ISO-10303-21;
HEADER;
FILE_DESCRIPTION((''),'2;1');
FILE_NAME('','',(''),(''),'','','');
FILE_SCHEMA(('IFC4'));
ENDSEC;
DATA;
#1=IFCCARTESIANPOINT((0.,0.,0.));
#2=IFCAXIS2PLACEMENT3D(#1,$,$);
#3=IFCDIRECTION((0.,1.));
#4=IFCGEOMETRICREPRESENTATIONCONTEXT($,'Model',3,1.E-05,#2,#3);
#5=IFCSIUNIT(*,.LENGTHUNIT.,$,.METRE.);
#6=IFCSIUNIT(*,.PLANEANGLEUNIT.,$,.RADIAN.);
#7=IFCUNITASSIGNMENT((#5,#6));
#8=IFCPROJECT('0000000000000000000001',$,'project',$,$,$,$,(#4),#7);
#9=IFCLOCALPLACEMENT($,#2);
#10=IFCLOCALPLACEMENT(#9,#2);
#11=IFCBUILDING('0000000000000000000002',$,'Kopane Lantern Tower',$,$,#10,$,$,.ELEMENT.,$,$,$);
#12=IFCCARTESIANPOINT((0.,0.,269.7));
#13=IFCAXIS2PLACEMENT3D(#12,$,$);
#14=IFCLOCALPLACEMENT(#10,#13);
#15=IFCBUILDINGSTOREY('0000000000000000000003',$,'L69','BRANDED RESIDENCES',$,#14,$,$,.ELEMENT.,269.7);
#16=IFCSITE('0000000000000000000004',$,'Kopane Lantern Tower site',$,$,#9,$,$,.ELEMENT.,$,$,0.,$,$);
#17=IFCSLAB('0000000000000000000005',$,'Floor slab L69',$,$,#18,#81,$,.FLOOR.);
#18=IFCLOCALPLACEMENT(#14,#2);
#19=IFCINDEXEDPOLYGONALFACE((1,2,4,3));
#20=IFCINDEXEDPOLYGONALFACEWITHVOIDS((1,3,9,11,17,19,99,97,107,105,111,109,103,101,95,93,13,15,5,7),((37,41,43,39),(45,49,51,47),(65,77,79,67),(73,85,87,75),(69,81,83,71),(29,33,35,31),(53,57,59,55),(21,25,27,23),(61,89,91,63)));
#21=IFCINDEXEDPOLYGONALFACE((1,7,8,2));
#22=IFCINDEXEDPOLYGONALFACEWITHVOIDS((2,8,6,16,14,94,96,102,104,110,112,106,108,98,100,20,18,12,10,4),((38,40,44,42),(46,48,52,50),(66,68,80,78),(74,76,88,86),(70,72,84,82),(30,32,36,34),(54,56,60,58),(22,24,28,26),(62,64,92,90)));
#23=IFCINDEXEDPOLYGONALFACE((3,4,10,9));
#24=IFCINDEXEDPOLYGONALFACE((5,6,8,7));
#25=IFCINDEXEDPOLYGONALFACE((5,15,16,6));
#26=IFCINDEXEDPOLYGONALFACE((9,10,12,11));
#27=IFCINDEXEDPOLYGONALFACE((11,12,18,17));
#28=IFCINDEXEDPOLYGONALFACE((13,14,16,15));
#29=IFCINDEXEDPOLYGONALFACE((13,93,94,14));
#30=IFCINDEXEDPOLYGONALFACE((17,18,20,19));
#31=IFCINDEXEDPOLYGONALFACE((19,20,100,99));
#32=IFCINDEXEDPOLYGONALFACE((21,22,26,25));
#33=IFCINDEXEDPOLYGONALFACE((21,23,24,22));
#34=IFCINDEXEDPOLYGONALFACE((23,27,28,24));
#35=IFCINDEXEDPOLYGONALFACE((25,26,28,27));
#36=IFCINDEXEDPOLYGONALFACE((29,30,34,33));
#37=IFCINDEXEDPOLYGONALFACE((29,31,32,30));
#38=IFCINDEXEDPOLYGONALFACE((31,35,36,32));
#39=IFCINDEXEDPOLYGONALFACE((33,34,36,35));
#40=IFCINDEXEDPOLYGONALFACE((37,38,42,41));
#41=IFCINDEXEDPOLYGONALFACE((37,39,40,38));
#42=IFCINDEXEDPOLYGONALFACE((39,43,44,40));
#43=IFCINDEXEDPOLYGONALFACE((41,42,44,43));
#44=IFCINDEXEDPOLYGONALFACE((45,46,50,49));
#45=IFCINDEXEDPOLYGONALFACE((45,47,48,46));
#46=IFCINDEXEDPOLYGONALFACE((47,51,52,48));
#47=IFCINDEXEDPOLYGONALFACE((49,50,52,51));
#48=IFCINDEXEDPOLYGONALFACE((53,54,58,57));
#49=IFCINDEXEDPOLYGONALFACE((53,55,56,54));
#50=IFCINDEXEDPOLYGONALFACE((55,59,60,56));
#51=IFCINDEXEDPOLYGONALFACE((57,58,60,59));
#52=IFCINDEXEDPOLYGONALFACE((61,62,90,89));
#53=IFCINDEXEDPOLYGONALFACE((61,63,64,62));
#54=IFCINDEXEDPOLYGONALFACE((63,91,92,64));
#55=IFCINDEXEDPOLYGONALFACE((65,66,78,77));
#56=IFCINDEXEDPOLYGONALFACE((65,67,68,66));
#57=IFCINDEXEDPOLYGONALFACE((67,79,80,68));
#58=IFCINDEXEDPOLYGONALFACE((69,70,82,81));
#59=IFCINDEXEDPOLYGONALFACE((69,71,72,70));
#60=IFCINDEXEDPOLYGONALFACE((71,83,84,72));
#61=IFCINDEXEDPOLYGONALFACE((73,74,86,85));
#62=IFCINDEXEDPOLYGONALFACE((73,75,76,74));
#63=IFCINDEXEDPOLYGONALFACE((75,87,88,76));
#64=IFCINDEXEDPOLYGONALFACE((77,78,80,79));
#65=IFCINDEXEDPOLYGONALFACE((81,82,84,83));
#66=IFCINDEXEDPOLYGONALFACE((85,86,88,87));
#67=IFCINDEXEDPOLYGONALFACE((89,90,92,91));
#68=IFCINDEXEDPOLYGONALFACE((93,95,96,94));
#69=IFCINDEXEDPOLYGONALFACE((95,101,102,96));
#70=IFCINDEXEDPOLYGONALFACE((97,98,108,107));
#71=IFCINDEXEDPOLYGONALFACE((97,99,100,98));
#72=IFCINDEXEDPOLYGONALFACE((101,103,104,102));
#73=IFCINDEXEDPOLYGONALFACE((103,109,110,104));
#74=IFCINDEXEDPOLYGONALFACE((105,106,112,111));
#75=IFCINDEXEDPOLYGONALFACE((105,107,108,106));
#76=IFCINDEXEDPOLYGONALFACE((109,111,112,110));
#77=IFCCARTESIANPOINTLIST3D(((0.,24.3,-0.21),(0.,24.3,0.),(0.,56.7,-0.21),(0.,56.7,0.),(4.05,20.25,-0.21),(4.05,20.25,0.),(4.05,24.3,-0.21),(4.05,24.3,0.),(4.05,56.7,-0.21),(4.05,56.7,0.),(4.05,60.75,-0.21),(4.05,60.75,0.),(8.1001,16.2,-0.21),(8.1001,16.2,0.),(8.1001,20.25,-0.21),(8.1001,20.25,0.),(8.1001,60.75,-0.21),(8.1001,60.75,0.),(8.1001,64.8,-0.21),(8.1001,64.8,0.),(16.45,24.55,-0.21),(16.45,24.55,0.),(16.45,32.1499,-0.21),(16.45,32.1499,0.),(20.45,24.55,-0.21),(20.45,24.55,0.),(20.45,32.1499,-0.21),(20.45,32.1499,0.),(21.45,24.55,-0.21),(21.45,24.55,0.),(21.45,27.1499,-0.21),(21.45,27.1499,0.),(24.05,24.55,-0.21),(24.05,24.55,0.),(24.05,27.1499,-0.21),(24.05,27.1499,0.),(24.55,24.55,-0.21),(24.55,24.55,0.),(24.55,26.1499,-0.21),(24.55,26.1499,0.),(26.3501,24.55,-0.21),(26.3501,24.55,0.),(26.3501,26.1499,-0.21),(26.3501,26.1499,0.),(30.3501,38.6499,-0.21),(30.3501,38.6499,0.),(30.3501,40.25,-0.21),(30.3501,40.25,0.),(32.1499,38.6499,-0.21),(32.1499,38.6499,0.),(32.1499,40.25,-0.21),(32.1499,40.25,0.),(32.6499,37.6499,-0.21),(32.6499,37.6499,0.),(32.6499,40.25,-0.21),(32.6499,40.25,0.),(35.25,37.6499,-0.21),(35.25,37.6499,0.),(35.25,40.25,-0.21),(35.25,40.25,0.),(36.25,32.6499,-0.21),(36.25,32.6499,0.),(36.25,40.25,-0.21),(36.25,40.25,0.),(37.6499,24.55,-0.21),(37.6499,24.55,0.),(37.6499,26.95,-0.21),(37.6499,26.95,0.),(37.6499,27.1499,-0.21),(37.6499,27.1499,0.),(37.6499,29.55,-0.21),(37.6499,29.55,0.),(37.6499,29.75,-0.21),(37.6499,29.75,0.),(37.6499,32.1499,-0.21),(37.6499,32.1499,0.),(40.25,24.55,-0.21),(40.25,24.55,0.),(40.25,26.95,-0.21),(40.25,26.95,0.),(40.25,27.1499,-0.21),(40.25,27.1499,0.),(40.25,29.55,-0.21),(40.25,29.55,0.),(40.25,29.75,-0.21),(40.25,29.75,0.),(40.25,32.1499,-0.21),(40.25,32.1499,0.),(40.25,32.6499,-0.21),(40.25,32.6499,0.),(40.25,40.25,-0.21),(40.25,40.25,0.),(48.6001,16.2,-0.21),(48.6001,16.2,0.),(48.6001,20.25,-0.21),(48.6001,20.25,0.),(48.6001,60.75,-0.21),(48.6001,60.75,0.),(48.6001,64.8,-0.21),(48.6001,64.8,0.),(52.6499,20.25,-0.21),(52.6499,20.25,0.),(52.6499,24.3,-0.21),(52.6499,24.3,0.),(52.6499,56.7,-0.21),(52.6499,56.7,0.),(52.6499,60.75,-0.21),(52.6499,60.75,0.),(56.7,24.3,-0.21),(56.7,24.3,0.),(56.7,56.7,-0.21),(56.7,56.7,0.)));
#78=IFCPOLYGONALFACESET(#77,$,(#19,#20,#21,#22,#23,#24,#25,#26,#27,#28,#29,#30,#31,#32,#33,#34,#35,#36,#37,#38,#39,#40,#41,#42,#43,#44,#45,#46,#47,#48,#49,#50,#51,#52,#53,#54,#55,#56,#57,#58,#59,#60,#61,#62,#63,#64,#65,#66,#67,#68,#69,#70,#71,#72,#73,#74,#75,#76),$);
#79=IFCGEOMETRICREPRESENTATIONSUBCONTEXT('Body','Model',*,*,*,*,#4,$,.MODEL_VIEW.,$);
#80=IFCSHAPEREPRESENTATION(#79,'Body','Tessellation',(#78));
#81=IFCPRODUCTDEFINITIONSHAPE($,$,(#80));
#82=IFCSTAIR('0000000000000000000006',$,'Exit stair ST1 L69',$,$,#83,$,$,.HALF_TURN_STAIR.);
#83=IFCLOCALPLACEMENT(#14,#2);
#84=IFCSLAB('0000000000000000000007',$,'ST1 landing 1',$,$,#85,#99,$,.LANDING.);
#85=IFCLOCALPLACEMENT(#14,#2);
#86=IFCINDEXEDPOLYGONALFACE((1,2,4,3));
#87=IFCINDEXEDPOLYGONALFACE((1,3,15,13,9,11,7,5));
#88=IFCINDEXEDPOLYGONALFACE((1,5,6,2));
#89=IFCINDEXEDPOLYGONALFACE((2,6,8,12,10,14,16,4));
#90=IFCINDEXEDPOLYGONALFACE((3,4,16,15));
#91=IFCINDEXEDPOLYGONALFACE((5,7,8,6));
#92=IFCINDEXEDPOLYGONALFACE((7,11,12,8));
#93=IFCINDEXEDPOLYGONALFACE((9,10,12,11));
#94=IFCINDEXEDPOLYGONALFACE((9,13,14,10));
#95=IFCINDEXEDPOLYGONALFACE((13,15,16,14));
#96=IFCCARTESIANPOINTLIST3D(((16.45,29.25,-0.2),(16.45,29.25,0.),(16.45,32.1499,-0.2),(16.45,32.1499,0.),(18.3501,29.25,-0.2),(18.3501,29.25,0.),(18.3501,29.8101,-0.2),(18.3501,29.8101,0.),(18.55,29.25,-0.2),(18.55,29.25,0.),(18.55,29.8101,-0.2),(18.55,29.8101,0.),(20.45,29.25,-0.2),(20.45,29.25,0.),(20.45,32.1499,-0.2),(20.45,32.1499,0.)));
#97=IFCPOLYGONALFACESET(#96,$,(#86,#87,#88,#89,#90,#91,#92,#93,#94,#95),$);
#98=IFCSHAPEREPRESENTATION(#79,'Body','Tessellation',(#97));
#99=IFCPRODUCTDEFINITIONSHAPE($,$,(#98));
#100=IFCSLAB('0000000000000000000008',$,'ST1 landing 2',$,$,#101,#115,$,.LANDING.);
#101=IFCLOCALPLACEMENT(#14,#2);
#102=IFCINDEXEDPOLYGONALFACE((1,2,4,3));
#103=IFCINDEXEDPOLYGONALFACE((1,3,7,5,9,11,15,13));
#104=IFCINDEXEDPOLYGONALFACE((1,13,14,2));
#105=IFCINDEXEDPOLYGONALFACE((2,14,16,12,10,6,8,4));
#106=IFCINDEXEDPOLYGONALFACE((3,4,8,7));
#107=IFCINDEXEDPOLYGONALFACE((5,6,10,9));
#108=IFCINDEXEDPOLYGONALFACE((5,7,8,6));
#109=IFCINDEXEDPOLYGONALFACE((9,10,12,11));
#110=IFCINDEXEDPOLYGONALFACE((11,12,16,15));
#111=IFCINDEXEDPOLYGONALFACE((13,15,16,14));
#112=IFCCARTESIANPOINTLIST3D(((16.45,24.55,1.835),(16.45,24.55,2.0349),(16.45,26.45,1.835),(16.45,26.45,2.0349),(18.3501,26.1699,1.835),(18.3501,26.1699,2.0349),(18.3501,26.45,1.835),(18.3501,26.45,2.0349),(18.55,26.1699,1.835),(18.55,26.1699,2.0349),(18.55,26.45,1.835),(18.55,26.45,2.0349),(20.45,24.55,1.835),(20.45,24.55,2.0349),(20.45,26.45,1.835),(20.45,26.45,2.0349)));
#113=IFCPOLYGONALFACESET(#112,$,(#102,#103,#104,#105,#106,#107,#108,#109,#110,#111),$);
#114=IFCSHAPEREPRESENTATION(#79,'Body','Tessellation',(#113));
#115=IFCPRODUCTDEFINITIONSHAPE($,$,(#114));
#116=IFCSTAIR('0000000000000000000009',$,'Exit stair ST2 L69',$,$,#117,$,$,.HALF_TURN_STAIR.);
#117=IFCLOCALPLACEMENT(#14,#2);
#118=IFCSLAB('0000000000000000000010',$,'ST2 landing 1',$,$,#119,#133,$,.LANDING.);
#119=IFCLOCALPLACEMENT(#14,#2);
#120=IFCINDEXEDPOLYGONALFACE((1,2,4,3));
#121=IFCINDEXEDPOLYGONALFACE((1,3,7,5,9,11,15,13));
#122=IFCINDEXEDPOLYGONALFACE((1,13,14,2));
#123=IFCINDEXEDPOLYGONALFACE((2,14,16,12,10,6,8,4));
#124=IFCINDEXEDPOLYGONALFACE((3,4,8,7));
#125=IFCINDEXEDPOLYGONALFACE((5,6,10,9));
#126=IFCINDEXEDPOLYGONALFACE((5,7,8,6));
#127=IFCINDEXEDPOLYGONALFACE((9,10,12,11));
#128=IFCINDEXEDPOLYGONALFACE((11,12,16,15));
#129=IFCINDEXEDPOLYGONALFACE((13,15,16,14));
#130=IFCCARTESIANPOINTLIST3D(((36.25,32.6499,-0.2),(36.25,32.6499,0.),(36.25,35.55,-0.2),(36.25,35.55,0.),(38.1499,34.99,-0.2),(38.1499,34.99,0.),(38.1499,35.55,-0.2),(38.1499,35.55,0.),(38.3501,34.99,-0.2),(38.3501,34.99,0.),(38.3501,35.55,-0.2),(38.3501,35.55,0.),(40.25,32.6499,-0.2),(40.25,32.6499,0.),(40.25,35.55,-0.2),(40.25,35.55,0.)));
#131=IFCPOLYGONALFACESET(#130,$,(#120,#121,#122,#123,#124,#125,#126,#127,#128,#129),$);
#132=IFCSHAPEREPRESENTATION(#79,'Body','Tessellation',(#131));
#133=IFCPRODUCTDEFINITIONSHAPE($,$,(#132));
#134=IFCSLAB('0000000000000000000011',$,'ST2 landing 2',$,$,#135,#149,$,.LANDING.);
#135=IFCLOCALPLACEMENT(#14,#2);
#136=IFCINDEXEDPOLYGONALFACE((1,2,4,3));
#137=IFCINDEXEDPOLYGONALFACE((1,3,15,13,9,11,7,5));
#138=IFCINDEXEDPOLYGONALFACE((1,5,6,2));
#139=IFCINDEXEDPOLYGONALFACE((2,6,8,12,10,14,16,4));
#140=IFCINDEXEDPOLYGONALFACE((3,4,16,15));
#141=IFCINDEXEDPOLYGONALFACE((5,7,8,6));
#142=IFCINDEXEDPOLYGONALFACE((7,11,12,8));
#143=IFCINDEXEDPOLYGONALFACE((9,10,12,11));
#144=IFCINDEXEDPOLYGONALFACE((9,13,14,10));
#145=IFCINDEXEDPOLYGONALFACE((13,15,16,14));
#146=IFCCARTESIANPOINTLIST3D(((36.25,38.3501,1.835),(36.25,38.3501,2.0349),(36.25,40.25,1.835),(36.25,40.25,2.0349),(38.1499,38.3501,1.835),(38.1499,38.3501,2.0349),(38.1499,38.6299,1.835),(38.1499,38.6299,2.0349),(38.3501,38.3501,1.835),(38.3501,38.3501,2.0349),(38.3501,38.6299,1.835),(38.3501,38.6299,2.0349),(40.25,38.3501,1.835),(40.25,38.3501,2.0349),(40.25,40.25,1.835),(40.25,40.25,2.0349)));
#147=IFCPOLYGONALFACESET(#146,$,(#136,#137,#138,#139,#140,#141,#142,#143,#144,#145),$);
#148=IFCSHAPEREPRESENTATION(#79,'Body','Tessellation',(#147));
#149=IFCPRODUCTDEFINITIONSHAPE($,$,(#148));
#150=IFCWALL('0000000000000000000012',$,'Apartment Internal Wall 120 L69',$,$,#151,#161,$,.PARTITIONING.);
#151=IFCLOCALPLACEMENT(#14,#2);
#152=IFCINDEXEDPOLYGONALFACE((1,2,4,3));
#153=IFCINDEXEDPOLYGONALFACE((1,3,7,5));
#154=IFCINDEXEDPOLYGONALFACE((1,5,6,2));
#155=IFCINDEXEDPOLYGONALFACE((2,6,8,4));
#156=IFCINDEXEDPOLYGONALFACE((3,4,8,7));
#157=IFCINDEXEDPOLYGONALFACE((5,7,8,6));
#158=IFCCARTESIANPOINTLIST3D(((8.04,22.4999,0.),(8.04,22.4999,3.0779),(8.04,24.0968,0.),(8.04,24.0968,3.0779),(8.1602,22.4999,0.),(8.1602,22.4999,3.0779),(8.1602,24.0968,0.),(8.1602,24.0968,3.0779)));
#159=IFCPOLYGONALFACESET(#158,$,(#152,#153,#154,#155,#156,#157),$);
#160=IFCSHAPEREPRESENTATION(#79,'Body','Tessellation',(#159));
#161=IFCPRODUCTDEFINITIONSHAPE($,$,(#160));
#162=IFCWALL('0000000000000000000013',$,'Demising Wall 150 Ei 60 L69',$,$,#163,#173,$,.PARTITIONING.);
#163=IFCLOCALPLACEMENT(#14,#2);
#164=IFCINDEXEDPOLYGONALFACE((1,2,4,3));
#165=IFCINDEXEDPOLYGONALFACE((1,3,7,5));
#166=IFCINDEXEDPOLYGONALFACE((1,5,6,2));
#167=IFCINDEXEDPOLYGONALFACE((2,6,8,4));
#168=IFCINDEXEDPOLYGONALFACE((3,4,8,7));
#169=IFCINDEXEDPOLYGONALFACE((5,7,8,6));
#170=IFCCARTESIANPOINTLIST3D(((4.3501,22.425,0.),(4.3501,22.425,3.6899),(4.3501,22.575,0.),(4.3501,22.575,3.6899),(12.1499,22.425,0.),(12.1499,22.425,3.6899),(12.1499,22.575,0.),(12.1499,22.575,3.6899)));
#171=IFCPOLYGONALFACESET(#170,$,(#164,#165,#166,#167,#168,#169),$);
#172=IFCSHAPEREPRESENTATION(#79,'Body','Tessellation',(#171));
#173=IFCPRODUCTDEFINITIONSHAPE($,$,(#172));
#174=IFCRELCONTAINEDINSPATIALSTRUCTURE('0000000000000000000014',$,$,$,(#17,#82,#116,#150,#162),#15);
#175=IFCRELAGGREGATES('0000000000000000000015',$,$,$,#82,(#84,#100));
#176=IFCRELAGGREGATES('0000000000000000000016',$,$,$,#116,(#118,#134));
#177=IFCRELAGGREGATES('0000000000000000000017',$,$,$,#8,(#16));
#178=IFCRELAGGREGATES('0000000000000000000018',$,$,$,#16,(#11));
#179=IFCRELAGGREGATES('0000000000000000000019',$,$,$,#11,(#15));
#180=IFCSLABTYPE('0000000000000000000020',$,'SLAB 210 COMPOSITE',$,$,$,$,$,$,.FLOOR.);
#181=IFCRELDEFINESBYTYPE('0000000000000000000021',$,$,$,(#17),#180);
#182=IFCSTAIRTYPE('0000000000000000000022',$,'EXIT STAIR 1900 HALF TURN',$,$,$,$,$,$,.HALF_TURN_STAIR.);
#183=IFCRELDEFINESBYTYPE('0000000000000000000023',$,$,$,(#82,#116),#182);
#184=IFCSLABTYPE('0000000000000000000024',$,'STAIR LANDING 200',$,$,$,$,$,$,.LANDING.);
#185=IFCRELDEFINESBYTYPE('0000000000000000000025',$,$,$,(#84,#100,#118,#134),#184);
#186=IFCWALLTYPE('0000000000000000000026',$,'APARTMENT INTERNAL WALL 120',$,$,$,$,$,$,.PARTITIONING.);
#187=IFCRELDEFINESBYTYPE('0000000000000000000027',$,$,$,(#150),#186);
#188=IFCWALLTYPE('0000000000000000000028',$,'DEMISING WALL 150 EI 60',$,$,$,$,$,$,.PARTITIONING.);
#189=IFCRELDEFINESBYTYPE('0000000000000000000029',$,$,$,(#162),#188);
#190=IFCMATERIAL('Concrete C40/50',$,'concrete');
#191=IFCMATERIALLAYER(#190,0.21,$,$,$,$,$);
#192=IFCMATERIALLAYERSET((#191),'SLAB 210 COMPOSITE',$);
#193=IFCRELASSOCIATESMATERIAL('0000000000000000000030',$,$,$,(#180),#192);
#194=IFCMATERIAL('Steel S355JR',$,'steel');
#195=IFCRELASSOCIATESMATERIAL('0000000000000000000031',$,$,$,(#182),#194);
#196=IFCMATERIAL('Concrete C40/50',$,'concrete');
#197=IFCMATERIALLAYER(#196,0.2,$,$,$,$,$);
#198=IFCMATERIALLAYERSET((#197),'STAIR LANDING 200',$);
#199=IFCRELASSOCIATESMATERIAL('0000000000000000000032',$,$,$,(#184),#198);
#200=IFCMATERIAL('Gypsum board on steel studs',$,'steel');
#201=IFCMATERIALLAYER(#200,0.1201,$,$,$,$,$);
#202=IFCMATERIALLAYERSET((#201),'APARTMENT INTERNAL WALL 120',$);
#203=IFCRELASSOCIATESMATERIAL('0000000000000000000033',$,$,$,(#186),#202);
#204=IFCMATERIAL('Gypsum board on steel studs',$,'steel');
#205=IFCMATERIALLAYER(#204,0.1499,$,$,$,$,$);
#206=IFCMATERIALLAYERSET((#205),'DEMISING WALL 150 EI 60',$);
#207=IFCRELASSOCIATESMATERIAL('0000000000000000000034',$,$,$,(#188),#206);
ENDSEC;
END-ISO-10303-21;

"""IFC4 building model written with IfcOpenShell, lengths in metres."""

from ifc_helpers import new_model, si_unit, direction, frame, frame_2d, origin, place, context, subcontext, project, spatial, polyline, rectangle, outline, extrude, material, layer, layer_set, type_object, element, aggregate, save


model = new_model("IFC4")

# Units and contexts
model_context = context("Model", 3, precision=1e-05, world=origin(), true_north=direction((0.0, 1.0)))
body_context = subcontext(model_context, "Body", "Model", "MODEL_VIEW")
ifc_project = project(units=[si_unit("LENGTHUNIT", "METRE"), si_unit("PLANEANGLEUNIT", "RADIAN")], contexts=[model_context])

# Site, building, storey
site_placement = place(None, origin())
site = spatial("IfcSite", under=ifc_project, at=site_placement, Name="Kopane Lantern Tower site", CompositionType="ELEMENT", RefElevation=0.0)
building_placement = place(site_placement, origin())
building = spatial("IfcBuilding", under=site, at=building_placement, Name="Kopane Lantern Tower", CompositionType="ELEMENT")
storey_placement = place(building_placement, frame((0.0, 0.0, 269.7)))
storey = spatial("IfcBuildingStorey", under=building, at=storey_placement, Name="L69", Description="BRANDED RESIDENCES", CompositionType="ELEMENT", Elevation=269.7)

# Slab
ifc_material_1 = material(Name="Concrete C40/50", Category="concrete")
ifc_layer_1 = layer(ifc_material_1, 0.21)
ifc_layer_set_1 = layer_set([ifc_layer_1], Name="SLAB 210 COMPOSITE")
slab_type_1 = type_object("IfcSlabType", Name="SLAB 210 COMPOSITE", PredefinedType="FLOOR", material=ifc_layer_set_1)
slab_1_placement = place(storey_placement, frame((0.0, 0.0, -0.21)))
element("IfcSlab", 1, at=slab_1_placement, inside=storey, type_object=slab_type_1, Name="Floor slab L69", PredefinedType="FLOOR", context=body_context, shape_type="SweptSolid", body=[
    extrude(outline(polyline([(8.1001, 16.2), (48.6001, 16.2), (48.6001, 20.25), (52.6499, 20.25), (52.6499, 24.3), (56.7, 24.3), (56.7, 56.7), (52.6499, 56.7), (52.6499, 60.75), (48.6001, 60.75), (48.6001, 64.8), (8.1001, 64.8), (8.1001, 60.75), (4.05, 60.75), (4.05, 56.7), (0.0, 56.7), (0.0, 24.3), (4.05, 24.3), (4.05, 20.25), (8.1001, 20.25), (8.1001, 16.2)]), holes=[polyline([(16.45, 24.55), (20.45, 24.55), (20.45, 32.1499), (16.45, 32.1499), (16.45, 24.55)]), polyline([(36.25, 32.6499), (40.25, 32.6499), (40.25, 40.25), (36.25, 40.25), (36.25, 32.6499)]), polyline([(37.6499, 24.55), (40.25, 24.55), (40.25, 26.95), (37.6499, 26.95), (37.6499, 24.55)]), polyline([(37.6499, 27.1499), (40.25, 27.1499), (40.25, 29.55), (37.6499, 29.55), (37.6499, 27.1499)]), polyline([(37.6499, 29.75), (40.25, 29.75), (40.25, 32.1499), (37.6499, 32.1499), (37.6499, 29.75)]), polyline([(21.45, 24.55), (24.05, 24.55), (24.05, 27.1499), (21.45, 27.1499), (21.45, 24.55)]), polyline([(32.6499, 37.6499), (35.25, 37.6499), (35.25, 40.25), (32.6499, 40.25), (32.6499, 37.6499)]), polyline([(24.55, 24.55), (26.3501, 24.55), (26.3501, 26.1499), (24.55, 26.1499), (24.55, 24.55)]), polyline([(30.3501, 38.6499), (32.1499, 38.6499), (32.1499, 40.25), (30.3501, 40.25), (30.3501, 38.6499)])]), origin(), (0.0, 0.0, 1.0), 0.21),
])

# Stairs, slabs
ifc_material_2 = material(Name="Steel S355JR", Category="steel")
stair_type = type_object("IfcStairType", Name="EXIT STAIR 1900 HALF TURN", PredefinedType="HALF_TURN_STAIR", material=ifc_material_2)
stair_1_placement = place(storey_placement, origin())
stair_1 = element("IfcStair", 2, at=stair_1_placement, inside=storey, type_object=stair_type, Name="Exit stair ST1 L69", PredefinedType="HALF_TURN_STAIR")
ifc_material_3 = material(Name="Concrete C40/50", Category="concrete")
ifc_layer_2 = layer(ifc_material_3, 0.2)
ifc_layer_set_2 = layer_set([ifc_layer_2], Name="STAIR LANDING 200")
slab_type_2 = type_object("IfcSlabType", Name="STAIR LANDING 200", PredefinedType="LANDING", material=ifc_layer_set_2)
slab_2_placement = place(storey_placement, frame((0.0, 0.0, -0.2)))
slab_2 = element("IfcSlab", 3, at=slab_2_placement, type_object=slab_type_2, Name="ST1 landing 1", PredefinedType="LANDING", context=body_context, shape_type="SweptSolid", body=[
    extrude(outline(polyline([(18.3501, 29.8101), (18.55, 29.8101), (18.55, 29.25), (20.45, 29.25), (20.45, 32.1499), (16.45, 32.1499), (16.45, 29.25), (18.3501, 29.25), (18.3501, 29.8101)])), origin(), (0.0, 0.0, 1.0), 0.2),
])
slab_3_placement = place(storey_placement, frame((0.0, 0.0, 1.835)))
slab_3 = element("IfcSlab", 4, at=slab_3_placement, type_object=slab_type_2, Name="ST1 landing 2", PredefinedType="LANDING", context=body_context, shape_type="SweptSolid", body=[
    extrude(outline(polyline([(20.45, 26.45), (18.55, 26.45), (18.55, 26.1699), (18.3501, 26.1699), (18.3501, 26.45), (16.45, 26.45), (16.45, 24.55), (20.45, 24.55), (20.45, 26.45)])), origin(), (0.0, 0.0, 1.0), 0.2),
])
aggregate(stair_1, [slab_2, slab_3])
stair_2_placement = place(storey_placement, origin())
stair_2 = element("IfcStair", 5, at=stair_2_placement, inside=storey, type_object=stair_type, Name="Exit stair ST2 L69", PredefinedType="HALF_TURN_STAIR")
slab_4_placement = place(storey_placement, frame((0.0, 0.0, -0.2)))
slab_4 = element("IfcSlab", 6, at=slab_4_placement, type_object=slab_type_2, Name="ST2 landing 1", PredefinedType="LANDING", context=body_context, shape_type="SweptSolid", body=[
    extrude(outline(polyline([(40.25, 35.55), (38.3501, 35.55), (38.3501, 34.99), (38.1499, 34.99), (38.1499, 35.55), (36.25, 35.55), (36.25, 32.6499), (40.25, 32.6499), (40.25, 35.55)])), origin(), (0.0, 0.0, 1.0), 0.2),
])
slab_5_placement = place(storey_placement, frame((0.0, 0.0, 1.835)))
slab_5 = element("IfcSlab", 7, at=slab_5_placement, type_object=slab_type_2, Name="ST2 landing 2", PredefinedType="LANDING", context=body_context, shape_type="SweptSolid", body=[
    extrude(outline(polyline([(38.1499, 38.6299), (38.3501, 38.6299), (38.3501, 38.3501), (40.25, 38.3501), (40.25, 40.25), (36.25, 40.25), (36.25, 38.3501), (38.1499, 38.3501), (38.1499, 38.6299)])), origin(), (0.0, 0.0, 1.0), 0.2),
])
aggregate(stair_2, [slab_4, slab_5])

# Walls
ifc_material_4 = material(Name="Gypsum board on steel studs", Category="steel")
ifc_layer_3 = layer(ifc_material_4, 0.1201)
ifc_layer_set_3 = layer_set([ifc_layer_3], Name="APARTMENT INTERNAL WALL 120")
wall_type_1 = type_object("IfcWallType", Name="APARTMENT INTERNAL WALL 120", PredefinedType="PARTITIONING", material=ifc_layer_set_3)
wall_1_placement = place(storey_placement, frame((8.1001, 22.5, 0.0), z_axis=(0.0, 0.0, 1.0), x_axis=(0.0, 1.0, 0.0)))
element("IfcWall", 8, at=wall_1_placement, inside=storey, type_object=wall_type_1, Name="Apartment Internal Wall 120 L69", PredefinedType="PARTITIONING", context=body_context, shape_type="SweptSolid", body=[
    extrude(rectangle(XDim=1.5969, YDim=0.1201, at=frame_2d((0.7983, 0.0))), origin(), (0.0, 0.0, 1.0), 3.0779),
])
ifc_material_5 = material(Name="Gypsum board on steel studs", Category="steel")
ifc_layer_4 = layer(ifc_material_5, 0.1499)
ifc_layer_set_4 = layer_set([ifc_layer_4], Name="DEMISING WALL 150 EI 60")
wall_type_2 = type_object("IfcWallType", Name="DEMISING WALL 150 EI 60", PredefinedType="PARTITIONING", material=ifc_layer_set_4)
wall_2_placement = place(storey_placement, frame((4.3501, 22.5, 0.0), z_axis=(0.0, 0.0, 1.0), x_axis=(1.0, 0.0, 0.0)))
element("IfcWall", 9, at=wall_2_placement, inside=storey, type_object=wall_type_2, Name="Demising Wall 150 Ei 60 L69", PredefinedType="PARTITIONING", context=body_context, shape_type="SweptSolid", body=[
    extrude(rectangle(XDim=7.7998, YDim=0.1499, at=frame_2d((3.8999, 0.0))), origin(), (0.0, 0.0, 1.0), 3.6899),
])

save(model, "model.ifc")
